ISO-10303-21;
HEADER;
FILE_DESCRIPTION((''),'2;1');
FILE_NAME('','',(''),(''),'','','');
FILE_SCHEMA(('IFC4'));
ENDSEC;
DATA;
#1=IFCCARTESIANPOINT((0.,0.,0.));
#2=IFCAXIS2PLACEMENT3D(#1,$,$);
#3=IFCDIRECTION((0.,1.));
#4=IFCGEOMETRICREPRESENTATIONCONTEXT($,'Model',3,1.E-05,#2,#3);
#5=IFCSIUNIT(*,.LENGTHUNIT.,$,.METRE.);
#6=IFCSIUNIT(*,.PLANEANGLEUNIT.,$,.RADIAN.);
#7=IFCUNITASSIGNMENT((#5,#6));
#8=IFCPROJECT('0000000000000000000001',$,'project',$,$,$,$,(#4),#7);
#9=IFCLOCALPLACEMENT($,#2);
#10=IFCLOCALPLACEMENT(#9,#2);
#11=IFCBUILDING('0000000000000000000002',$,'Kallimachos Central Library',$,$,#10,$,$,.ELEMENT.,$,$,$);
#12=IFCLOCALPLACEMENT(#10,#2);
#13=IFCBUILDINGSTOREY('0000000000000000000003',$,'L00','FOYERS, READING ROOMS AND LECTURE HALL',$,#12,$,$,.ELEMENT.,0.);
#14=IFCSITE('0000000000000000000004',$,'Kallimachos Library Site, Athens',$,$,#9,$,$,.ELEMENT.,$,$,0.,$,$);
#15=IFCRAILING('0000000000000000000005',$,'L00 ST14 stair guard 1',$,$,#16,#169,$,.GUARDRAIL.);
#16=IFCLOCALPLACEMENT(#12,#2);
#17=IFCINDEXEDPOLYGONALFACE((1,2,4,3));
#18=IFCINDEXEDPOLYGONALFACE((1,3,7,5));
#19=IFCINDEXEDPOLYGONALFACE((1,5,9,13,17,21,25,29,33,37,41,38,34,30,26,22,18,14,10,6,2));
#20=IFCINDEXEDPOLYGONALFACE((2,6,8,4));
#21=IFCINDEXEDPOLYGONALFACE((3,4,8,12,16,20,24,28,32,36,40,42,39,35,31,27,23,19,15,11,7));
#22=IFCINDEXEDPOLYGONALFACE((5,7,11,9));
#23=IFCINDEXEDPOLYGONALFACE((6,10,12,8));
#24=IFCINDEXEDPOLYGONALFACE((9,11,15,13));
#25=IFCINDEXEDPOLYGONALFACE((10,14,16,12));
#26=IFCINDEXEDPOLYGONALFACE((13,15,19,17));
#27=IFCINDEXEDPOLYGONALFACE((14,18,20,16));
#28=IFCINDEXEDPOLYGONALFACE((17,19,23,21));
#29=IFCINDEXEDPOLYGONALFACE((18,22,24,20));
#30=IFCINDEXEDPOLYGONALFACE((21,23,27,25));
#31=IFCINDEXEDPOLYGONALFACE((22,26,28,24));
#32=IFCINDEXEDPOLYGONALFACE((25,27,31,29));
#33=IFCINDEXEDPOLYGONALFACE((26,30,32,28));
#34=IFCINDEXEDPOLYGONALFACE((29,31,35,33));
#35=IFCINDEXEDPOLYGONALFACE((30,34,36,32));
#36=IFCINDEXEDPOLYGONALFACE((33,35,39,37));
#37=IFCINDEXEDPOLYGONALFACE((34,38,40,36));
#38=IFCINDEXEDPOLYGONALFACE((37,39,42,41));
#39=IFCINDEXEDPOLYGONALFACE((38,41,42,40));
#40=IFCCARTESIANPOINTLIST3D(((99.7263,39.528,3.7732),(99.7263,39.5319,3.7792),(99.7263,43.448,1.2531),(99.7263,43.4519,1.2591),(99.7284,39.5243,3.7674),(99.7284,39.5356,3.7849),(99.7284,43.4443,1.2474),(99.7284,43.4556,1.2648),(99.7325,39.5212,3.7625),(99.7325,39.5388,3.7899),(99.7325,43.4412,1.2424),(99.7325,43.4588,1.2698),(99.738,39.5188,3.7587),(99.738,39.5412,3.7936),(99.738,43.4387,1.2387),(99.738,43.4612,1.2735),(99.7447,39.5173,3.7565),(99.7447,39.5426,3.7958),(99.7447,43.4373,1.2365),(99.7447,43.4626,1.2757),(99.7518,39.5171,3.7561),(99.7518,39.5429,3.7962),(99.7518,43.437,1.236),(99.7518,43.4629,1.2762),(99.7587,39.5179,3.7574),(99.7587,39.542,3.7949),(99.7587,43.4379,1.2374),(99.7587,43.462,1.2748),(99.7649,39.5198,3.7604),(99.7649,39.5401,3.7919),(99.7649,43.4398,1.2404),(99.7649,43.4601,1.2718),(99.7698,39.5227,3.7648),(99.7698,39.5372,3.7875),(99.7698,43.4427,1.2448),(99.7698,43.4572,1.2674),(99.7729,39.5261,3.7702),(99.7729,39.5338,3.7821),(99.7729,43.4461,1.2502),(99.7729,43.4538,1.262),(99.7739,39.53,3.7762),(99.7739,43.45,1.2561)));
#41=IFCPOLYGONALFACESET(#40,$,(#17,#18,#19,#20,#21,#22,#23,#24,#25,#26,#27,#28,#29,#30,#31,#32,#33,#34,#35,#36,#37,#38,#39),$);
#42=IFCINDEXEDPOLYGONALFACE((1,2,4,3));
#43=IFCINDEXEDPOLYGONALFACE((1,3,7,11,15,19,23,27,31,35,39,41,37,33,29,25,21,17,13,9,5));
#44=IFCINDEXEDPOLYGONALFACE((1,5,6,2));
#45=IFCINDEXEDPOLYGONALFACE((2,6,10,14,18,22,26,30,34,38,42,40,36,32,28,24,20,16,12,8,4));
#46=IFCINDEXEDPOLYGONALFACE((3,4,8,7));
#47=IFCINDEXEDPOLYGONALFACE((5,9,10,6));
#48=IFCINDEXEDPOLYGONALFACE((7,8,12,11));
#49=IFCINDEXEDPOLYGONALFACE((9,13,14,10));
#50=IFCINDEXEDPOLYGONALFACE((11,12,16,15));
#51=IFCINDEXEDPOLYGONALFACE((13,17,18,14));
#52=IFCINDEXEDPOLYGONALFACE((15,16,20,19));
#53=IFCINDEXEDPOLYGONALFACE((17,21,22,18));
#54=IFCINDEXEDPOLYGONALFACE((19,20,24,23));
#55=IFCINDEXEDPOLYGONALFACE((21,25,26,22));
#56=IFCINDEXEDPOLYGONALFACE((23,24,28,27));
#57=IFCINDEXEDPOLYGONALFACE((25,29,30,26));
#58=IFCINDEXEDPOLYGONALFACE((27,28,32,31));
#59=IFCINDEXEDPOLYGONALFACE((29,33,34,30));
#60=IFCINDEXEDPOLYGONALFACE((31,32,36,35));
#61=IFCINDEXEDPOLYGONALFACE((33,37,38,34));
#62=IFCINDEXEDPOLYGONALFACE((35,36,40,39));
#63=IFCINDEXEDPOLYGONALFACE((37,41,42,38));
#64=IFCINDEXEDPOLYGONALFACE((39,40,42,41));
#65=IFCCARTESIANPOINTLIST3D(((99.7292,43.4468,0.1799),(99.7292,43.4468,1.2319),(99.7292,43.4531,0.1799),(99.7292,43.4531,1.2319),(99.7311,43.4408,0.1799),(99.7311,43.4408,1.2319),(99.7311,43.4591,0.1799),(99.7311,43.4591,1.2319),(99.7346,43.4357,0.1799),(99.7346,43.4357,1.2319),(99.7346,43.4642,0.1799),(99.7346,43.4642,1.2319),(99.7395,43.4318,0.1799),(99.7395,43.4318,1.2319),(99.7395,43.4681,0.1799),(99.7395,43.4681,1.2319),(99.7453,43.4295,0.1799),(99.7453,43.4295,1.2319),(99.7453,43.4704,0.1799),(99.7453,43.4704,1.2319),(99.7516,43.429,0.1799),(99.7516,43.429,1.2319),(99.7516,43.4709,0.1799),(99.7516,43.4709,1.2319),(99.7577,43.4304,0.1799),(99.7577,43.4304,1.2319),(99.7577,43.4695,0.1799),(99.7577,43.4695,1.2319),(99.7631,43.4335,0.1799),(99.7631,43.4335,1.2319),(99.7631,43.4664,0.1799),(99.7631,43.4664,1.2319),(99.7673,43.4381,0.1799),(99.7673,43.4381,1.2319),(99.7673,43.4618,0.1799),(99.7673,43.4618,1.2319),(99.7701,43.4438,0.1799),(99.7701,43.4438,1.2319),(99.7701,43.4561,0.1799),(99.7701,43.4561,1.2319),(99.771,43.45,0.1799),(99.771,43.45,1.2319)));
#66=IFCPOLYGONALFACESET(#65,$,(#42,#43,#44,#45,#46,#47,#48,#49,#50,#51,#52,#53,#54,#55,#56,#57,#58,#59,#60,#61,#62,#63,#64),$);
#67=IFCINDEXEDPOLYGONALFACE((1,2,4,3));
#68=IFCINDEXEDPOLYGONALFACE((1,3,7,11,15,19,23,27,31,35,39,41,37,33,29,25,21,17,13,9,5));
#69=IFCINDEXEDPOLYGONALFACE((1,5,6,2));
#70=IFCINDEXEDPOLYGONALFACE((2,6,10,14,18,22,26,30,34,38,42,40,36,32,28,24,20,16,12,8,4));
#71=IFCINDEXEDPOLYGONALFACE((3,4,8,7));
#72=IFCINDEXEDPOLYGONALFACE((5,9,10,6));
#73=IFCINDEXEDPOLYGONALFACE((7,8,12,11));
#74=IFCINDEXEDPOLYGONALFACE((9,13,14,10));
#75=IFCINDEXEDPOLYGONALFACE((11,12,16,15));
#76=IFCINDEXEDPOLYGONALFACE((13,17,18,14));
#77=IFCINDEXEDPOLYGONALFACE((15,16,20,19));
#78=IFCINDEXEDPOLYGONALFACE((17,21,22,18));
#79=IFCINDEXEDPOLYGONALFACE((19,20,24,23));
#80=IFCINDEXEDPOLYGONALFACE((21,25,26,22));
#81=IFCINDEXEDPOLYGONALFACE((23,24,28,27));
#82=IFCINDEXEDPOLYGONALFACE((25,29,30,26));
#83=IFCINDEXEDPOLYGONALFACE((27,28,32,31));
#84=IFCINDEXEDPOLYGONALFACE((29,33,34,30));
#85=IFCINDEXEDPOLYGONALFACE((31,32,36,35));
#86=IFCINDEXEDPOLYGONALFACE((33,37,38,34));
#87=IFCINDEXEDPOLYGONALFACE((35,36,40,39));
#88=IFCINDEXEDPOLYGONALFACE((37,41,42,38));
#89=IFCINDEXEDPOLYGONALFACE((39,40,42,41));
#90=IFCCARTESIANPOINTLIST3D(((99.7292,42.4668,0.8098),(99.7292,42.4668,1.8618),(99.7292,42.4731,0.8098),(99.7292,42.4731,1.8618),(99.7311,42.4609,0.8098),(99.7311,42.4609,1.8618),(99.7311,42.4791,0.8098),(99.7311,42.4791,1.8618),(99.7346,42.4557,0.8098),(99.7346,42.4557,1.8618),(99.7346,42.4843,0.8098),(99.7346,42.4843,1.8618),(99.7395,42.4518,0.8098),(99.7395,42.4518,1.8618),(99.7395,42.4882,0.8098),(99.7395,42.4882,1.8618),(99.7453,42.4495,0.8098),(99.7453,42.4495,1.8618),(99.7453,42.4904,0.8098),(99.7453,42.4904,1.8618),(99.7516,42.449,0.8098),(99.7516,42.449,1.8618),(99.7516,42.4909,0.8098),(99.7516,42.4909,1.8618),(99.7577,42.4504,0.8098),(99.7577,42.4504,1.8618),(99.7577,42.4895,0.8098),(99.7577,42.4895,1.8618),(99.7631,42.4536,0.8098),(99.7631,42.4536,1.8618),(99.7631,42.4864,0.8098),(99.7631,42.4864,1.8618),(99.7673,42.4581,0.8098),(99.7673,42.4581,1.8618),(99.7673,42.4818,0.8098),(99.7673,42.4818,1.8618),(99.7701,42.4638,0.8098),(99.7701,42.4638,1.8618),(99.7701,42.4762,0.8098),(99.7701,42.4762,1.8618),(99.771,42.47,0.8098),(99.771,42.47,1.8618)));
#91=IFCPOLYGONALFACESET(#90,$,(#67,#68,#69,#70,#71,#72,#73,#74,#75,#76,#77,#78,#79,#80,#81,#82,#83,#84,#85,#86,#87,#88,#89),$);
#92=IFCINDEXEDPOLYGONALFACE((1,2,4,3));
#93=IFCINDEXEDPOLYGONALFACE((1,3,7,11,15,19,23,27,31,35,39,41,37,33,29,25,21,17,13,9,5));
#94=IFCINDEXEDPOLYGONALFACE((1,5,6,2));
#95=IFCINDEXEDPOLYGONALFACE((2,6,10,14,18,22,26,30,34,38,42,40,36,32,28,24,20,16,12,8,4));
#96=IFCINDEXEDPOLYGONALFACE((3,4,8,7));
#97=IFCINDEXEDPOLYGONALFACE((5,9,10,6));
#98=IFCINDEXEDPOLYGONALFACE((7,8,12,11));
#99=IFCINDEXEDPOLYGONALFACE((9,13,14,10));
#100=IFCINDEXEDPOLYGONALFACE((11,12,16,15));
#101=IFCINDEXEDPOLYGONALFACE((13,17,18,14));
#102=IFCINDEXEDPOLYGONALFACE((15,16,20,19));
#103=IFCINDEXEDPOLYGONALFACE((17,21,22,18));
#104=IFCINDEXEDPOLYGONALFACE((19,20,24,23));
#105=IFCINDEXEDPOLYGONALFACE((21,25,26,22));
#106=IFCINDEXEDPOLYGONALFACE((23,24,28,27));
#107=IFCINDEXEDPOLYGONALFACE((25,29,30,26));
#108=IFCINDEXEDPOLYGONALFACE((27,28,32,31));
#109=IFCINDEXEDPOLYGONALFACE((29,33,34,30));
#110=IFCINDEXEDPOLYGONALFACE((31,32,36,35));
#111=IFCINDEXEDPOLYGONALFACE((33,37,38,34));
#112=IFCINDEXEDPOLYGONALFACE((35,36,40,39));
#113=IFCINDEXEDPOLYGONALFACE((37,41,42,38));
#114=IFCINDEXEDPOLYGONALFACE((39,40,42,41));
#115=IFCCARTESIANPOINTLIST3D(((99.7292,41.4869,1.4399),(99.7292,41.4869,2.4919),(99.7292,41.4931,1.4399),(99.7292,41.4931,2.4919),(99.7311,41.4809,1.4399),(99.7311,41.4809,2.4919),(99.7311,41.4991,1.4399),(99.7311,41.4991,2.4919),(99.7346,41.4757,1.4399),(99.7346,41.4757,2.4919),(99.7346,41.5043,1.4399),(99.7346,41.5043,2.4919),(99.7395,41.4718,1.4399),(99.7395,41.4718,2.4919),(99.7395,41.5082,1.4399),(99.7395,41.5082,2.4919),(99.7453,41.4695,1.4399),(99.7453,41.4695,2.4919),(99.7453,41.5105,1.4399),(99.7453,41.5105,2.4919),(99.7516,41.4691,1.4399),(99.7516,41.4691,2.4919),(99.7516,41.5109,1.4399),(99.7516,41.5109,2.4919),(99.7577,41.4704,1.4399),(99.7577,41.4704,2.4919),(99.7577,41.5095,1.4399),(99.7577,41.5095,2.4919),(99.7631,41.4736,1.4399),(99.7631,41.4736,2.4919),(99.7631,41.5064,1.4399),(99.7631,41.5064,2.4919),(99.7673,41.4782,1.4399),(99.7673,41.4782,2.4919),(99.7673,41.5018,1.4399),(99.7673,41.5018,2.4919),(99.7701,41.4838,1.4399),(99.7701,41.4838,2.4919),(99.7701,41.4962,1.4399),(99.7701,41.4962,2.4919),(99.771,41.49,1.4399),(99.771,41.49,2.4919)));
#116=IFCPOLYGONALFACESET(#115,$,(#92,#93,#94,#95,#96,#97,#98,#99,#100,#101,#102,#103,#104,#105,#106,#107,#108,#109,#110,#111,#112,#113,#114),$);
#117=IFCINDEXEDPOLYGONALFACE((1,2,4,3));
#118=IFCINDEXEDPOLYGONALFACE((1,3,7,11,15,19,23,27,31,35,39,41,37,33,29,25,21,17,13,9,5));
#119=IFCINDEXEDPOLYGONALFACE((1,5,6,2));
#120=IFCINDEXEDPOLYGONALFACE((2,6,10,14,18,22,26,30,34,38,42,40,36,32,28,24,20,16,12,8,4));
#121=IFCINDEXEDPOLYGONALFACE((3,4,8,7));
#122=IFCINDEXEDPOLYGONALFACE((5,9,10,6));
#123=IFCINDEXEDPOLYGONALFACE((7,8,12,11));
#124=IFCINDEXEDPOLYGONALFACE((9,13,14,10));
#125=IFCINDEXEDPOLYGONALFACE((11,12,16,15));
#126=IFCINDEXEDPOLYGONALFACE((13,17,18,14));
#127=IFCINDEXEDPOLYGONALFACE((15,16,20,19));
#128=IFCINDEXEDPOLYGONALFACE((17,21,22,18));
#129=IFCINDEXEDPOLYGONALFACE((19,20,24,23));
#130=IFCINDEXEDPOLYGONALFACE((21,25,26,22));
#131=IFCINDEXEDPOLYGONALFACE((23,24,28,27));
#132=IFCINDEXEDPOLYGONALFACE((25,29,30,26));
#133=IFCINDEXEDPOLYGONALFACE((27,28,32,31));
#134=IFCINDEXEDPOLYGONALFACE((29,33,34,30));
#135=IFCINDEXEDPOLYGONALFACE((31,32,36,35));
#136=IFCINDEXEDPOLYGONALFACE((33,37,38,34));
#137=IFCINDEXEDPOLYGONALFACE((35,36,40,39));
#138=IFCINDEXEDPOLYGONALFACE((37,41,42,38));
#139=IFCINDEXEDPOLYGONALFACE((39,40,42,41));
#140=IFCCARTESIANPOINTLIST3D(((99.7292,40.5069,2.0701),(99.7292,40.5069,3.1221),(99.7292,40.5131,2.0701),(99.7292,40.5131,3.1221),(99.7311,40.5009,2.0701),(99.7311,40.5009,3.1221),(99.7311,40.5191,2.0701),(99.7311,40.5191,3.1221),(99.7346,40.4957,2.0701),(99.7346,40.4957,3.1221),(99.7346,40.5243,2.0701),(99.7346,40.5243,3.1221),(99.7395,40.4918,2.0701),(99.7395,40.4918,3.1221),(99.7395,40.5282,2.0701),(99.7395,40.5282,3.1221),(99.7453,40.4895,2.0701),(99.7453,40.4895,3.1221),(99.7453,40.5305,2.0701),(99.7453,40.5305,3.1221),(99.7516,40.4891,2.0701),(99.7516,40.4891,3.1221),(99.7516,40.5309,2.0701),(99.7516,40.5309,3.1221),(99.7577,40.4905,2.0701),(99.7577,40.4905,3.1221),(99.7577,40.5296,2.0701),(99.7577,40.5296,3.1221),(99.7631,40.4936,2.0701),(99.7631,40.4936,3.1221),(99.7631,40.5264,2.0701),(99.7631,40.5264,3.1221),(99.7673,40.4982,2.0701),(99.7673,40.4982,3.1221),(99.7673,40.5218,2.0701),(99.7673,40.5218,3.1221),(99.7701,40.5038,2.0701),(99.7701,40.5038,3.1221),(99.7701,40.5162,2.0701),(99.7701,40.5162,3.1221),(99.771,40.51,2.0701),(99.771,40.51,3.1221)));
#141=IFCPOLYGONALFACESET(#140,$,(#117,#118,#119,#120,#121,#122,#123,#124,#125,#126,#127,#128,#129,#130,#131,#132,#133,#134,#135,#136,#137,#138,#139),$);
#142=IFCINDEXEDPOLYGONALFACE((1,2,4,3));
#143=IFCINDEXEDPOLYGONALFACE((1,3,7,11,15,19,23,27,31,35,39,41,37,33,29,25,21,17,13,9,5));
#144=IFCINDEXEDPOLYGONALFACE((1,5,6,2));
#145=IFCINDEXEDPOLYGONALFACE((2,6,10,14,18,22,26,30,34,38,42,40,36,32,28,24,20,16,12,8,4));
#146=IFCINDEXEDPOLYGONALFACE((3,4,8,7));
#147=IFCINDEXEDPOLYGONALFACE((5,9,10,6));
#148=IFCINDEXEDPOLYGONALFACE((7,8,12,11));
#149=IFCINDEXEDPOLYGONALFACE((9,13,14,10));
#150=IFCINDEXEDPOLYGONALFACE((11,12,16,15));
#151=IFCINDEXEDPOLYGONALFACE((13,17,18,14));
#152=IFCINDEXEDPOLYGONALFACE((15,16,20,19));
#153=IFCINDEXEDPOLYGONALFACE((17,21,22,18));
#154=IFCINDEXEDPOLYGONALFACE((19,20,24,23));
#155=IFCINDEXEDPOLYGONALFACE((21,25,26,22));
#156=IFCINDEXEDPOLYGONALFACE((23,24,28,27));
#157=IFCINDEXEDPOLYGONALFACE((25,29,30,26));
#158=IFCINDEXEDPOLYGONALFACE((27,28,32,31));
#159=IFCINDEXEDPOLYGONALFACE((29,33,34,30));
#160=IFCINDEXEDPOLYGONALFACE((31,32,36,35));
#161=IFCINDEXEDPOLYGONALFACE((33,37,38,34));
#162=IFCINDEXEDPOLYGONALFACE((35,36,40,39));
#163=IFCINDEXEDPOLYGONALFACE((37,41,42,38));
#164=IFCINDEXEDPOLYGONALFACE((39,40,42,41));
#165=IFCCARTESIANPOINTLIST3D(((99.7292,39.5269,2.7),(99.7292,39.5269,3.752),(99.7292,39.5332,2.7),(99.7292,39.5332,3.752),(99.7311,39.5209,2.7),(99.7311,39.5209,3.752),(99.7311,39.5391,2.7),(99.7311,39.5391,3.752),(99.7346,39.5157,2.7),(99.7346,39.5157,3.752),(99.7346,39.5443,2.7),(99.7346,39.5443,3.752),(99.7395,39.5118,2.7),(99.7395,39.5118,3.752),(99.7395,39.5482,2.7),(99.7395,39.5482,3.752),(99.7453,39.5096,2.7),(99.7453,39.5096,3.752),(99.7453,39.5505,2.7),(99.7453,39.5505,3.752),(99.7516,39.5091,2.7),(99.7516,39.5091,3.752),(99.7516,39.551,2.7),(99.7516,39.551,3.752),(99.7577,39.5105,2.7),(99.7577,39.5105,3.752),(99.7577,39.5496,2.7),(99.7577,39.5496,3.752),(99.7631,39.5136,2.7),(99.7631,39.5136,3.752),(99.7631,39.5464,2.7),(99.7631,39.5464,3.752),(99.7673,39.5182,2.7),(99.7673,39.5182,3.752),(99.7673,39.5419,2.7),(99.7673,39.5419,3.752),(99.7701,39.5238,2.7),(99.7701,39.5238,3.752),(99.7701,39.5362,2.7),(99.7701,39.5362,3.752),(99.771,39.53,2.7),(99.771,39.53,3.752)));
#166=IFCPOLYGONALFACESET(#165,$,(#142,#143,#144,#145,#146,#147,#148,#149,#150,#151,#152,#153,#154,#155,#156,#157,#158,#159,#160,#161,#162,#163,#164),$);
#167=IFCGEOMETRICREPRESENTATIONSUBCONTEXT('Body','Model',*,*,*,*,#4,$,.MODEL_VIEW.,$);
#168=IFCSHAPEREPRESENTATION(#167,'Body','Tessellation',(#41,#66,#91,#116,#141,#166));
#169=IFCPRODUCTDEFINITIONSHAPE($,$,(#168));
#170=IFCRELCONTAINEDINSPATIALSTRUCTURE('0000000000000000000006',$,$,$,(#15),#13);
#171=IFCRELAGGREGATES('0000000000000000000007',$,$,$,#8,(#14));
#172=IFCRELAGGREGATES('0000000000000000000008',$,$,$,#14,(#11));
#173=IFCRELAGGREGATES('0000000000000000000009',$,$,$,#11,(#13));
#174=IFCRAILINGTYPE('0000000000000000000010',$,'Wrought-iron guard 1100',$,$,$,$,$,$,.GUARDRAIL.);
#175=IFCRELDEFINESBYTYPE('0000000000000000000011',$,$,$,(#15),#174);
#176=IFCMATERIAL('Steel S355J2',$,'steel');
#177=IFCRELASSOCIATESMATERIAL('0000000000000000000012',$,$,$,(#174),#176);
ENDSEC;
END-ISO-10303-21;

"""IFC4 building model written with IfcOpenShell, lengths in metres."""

from ifc_helpers import new_model, si_unit, direction, frame, origin, origin_2d, place, context, subcontext, project, spatial, circle, extrude, material, type_object, element, save


model = new_model("IFC4")

# Units and contexts
model_context = context("Model", 3, precision=1e-05, world=origin(), true_north=direction((0.0, 1.0)))
body_context = subcontext(model_context, "Body", "Model", "MODEL_VIEW")
ifc_project = project(units=[si_unit("LENGTHUNIT", "METRE"), si_unit("PLANEANGLEUNIT", "RADIAN")], contexts=[model_context])

# Site, building, storey
site_placement = place(None, origin())
site = spatial("IfcSite", under=ifc_project, at=site_placement, Name="Kallimachos Library Site, Athens", CompositionType="ELEMENT", RefElevation=0.0)
building_placement = place(site_placement, origin())
building = spatial("IfcBuilding", under=site, at=building_placement, Name="Kallimachos Central Library", CompositionType="ELEMENT")
storey_placement = place(building_placement, origin())
storey = spatial("IfcBuildingStorey", under=building, at=storey_placement, Name="L00", Description="FOYERS, READING ROOMS AND LECTURE HALL", CompositionType="ELEMENT", Elevation=0.0)

# Railing
ifc_material_1 = material(Name="Steel S355J2", Category="steel")
railing_type_1 = type_object("IfcRailingType", Name="Wrought-iron guard 1100", PredefinedType="GUARDRAIL", material=ifc_material_1)
railing_1_placement = place(storey_placement, frame((99.75, 43.45, 0.1799)))
element("IfcRailing", 1, at=railing_1_placement, inside=storey, type_object=railing_type_1, Name="L00 ST14 stair guard 1", PredefinedType="GUARDRAIL", context=body_context, shape_type="SweptSolid", body=[
    extrude(circle(Radius=0.0239, at=origin_2d()), frame((0.0, 0.0, 1.0762), z_axis=(0.0, -0.841172, 0.540768), x_axis=(1.0, 0.0, 0.0)), (0.0, 0.0, 1.0), 4.6602),
    extrude(circle(Radius=0.021, at=origin_2d()), origin(), (0.0, 0.0, 1.0), 1.052),
    extrude(circle(Radius=0.021, at=origin_2d()), frame((0.0, -0.98, 0.6299)), (0.0, 0.0, 1.0), 1.052),
    extrude(circle(Radius=0.021, at=origin_2d()), frame((0.0, -1.96, 1.26)), (0.0, 0.0, 1.0), 1.052),
    extrude(circle(Radius=0.021, at=origin_2d()), frame((0.0, -2.9399, 1.8901)), (0.0, 0.0, 1.0), 1.052),
    extrude(circle(Radius=0.021, at=origin_2d()), frame((0.0, -3.9199, 2.52)), (0.0, 0.0, 1.0), 1.052),
])

save(model, "model.ifc")
